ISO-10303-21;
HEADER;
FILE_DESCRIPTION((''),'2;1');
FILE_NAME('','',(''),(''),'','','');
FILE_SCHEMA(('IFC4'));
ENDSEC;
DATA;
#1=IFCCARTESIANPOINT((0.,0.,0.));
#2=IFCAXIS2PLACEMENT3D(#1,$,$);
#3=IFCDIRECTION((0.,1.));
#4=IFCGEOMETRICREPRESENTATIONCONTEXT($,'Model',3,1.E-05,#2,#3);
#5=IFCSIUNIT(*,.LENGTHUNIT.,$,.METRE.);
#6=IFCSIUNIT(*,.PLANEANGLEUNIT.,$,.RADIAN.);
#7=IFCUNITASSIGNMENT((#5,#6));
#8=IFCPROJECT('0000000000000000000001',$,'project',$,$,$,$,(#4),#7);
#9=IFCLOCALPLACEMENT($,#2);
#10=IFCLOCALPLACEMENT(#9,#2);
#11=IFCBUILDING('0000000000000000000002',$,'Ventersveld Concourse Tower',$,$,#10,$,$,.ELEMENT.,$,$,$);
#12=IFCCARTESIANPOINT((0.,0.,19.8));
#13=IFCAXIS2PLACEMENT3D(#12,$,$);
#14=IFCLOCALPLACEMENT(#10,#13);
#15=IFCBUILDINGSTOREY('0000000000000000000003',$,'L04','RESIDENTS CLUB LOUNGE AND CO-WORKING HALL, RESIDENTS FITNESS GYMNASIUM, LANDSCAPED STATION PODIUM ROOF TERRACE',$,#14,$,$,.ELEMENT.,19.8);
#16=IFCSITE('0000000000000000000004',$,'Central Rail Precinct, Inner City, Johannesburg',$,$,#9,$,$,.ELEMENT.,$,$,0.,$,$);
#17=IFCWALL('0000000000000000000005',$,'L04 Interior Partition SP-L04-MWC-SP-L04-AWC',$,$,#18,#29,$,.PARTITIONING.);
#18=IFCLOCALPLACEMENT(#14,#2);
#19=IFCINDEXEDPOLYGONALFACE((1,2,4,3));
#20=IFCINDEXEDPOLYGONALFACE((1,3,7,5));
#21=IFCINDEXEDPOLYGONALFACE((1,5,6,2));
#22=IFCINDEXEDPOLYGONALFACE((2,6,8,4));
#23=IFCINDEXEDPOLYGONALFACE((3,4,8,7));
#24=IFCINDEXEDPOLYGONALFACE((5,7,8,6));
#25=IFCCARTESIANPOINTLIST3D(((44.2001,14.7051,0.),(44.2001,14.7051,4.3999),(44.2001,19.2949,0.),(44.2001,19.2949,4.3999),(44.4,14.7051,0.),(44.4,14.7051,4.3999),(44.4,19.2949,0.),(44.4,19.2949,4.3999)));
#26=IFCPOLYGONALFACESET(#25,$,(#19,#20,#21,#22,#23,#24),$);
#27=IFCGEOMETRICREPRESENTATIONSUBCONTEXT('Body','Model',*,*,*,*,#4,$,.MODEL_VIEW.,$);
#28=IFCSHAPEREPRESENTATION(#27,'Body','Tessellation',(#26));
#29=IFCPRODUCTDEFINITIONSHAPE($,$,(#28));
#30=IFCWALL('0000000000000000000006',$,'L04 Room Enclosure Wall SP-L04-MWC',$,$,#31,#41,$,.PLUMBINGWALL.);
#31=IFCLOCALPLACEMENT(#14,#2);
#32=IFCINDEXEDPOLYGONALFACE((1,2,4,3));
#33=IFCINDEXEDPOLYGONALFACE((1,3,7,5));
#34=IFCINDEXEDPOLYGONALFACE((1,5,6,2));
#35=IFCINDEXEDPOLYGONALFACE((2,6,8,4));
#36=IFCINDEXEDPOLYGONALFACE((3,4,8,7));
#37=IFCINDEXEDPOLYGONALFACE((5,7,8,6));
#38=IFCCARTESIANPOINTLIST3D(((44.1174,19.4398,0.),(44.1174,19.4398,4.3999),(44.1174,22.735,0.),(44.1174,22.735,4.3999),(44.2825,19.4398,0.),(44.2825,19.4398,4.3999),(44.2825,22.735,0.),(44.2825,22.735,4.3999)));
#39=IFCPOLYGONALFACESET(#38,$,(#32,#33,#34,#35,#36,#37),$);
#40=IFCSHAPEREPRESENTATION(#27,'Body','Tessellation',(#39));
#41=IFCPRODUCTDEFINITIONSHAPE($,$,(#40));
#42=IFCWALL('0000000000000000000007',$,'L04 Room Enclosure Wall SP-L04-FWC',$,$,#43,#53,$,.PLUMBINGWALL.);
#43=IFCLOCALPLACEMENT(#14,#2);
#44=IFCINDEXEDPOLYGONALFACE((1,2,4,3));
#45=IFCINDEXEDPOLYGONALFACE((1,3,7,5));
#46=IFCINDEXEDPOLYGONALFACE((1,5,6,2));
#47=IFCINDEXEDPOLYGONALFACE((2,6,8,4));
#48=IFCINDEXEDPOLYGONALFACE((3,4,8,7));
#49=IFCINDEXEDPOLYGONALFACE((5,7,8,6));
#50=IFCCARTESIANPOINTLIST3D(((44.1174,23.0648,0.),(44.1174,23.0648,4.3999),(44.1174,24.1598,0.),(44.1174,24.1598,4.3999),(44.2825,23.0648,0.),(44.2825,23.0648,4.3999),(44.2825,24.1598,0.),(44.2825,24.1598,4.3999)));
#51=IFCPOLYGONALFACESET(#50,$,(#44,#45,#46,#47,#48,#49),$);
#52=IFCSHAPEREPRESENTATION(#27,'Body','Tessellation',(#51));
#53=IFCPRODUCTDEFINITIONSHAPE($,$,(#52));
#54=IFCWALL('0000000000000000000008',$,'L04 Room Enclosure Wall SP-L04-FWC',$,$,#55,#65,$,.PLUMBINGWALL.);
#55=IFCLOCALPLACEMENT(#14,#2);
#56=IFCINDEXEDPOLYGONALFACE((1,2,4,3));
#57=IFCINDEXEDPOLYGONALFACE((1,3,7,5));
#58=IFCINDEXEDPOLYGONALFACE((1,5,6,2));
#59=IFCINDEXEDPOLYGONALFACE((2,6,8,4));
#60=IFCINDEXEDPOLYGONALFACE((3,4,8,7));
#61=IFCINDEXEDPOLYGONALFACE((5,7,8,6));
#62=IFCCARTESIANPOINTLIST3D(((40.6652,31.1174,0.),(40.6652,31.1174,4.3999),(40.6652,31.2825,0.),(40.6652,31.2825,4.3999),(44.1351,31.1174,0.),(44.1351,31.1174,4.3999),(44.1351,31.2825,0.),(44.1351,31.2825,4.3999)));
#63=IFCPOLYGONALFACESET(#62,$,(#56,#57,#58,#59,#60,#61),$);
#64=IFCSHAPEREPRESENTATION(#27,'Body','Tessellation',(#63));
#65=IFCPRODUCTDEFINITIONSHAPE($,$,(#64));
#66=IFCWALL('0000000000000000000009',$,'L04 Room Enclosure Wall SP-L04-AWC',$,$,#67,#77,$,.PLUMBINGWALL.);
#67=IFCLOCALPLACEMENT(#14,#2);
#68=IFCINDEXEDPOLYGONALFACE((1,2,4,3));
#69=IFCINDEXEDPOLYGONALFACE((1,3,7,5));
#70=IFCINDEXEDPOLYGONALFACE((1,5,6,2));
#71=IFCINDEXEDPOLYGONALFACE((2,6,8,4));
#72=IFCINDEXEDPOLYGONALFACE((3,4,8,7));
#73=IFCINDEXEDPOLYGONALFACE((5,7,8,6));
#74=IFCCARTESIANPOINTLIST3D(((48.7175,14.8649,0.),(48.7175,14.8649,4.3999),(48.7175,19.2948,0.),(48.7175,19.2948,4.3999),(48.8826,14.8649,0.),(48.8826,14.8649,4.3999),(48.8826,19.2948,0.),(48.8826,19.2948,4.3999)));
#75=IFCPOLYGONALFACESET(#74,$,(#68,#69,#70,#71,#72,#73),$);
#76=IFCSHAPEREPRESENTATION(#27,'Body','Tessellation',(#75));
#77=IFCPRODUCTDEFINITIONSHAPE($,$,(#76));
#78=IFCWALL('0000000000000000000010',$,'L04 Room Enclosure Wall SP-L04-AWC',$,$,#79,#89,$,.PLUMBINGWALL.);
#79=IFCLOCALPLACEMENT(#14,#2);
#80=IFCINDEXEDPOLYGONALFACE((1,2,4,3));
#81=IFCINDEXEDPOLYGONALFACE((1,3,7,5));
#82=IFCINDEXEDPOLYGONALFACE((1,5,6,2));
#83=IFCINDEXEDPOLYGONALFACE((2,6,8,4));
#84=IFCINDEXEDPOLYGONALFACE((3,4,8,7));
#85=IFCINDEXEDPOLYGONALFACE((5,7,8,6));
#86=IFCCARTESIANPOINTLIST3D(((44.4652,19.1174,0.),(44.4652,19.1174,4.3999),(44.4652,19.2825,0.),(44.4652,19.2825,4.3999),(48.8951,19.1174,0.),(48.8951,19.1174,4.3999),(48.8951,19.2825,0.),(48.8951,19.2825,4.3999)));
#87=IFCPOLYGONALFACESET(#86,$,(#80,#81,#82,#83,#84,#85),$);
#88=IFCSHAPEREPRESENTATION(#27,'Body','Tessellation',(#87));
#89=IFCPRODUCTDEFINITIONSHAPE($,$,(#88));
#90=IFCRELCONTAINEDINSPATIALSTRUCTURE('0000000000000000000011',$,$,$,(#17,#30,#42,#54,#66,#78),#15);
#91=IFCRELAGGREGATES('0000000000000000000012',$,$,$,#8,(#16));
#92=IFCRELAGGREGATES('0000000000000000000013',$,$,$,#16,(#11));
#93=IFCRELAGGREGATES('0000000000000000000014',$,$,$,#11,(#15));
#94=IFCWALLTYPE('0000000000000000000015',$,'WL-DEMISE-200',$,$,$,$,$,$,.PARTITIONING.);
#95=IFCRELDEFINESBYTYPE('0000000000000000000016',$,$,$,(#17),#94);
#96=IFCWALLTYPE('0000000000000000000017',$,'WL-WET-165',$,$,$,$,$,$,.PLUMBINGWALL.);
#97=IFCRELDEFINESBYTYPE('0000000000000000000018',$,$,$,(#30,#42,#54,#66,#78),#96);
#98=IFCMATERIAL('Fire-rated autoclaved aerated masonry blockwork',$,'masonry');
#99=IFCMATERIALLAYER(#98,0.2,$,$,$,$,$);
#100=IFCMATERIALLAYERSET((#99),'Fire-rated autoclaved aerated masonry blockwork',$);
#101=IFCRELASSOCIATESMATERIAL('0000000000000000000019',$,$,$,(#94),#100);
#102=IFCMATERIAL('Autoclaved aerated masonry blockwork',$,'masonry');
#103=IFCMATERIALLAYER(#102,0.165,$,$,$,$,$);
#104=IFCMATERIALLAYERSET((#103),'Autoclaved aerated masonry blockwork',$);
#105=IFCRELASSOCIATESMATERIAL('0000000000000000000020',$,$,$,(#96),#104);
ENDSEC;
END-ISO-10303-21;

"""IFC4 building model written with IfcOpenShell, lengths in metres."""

from ifc_helpers import new_model, si_unit, direction, frame, frame_2d, origin, place, context, subcontext, project, spatial, rectangle, extrude, material, layer, layer_set, type_object, element, save


model = new_model("IFC4")

# Units and contexts
model_context = context("Model", 3, precision=1e-05, world=origin(), true_north=direction((0.0, 1.0)))
body_context = subcontext(model_context, "Body", "Model", "MODEL_VIEW")
ifc_project = project(units=[si_unit("LENGTHUNIT", "METRE"), si_unit("PLANEANGLEUNIT", "RADIAN")], contexts=[model_context])

# Site, building, storey
site_placement = place(None, origin())
site = spatial("IfcSite", under=ifc_project, at=site_placement, Name="Central Rail Precinct, Inner City, Johannesburg", CompositionType="ELEMENT", RefElevation=0.0)
building_placement = place(site_placement, origin())
building = spatial("IfcBuilding", under=site, at=building_placement, Name="Ventersveld Concourse Tower", CompositionType="ELEMENT")
storey_placement = place(building_placement, frame((0.0, 0.0, 19.8)))
storey = spatial("IfcBuildingStorey", under=building, at=storey_placement, Name="L04", Description="RESIDENTS CLUB LOUNGE AND CO-WORKING HALL, RESIDENTS FITNESS GYMNASIUM, LANDSCAPED STATION PODIUM ROOF TERRACE", CompositionType="ELEMENT", Elevation=19.8)

# Shared definitions
ifc_material_1 = material(Name="Fire-rated autoclaved aerated masonry blockwork", Category="masonry")

# Walls
ifc_layer_1 = layer(ifc_material_1, 0.2)
ifc_layer_set_1 = layer_set([ifc_layer_1], Name="Fire-rated autoclaved aerated masonry blockwork")
wall_type_1 = type_object("IfcWallType", Name="WL-DEMISE-200", PredefinedType="PARTITIONING", material=ifc_layer_set_1)
wall_1_placement = place(storey_placement, frame((44.3, 14.7051, 0.0), z_axis=(0.0, 0.0, 1.0), x_axis=(0.0, 1.0, 0.0)))
element("IfcWall", 1, at=wall_1_placement, inside=storey, type_object=wall_type_1, Name="L04 Interior Partition SP-L04-MWC-SP-L04-AWC", PredefinedType="PARTITIONING", context=body_context, shape_type="SweptSolid", body=[
    extrude(rectangle(XDim=4.5898, YDim=0.2, at=frame_2d((2.2949, 0.0))), origin(), (0.0, 0.0, 1.0), 4.3999),
])
ifc_material_2 = material(Name="Autoclaved aerated masonry blockwork", Category="masonry")
ifc_layer_2 = layer(ifc_material_2, 0.165)
ifc_layer_set_2 = layer_set([ifc_layer_2], Name="Autoclaved aerated masonry blockwork")
wall_type_2 = type_object("IfcWallType", Name="WL-WET-165", PredefinedType="PLUMBINGWALL", material=ifc_layer_set_2)
wall_2_placement = place(storey_placement, frame((44.2, 19.4399, 0.0), z_axis=(0.0, 0.0, 1.0), x_axis=(0.0, 1.0, 0.0)))
element("IfcWall", 2, at=wall_2_placement, inside=storey, type_object=wall_type_2, Name="L04 Room Enclosure Wall SP-L04-MWC", PredefinedType="PLUMBINGWALL", context=body_context, shape_type="SweptSolid", body=[
    extrude(rectangle(XDim=3.2952, YDim=0.165, at=frame_2d((1.6475, 0.0))), origin(), (0.0, 0.0, 1.0), 4.3999),
])
wall_3_placement = place(storey_placement, frame((44.2, 23.0649, 0.0), z_axis=(0.0, 0.0, 1.0), x_axis=(0.0, 1.0, 0.0)))
element("IfcWall", 3, at=wall_3_placement, inside=storey, type_object=wall_type_2, Name="L04 Room Enclosure Wall SP-L04-FWC", PredefinedType="PLUMBINGWALL", context=body_context, shape_type="SweptSolid", body=[
    extrude(rectangle(XDim=1.095, YDim=0.165, at=frame_2d((0.5474, 0.0))), origin(), (0.0, 0.0, 1.0), 4.3999),
])
wall_4_placement = place(storey_placement, frame((44.135, 31.2, 0.0), z_axis=(0.0, 0.0, 1.0), x_axis=(-1.0, 0.0, 0.0)))
element("IfcWall", 4, at=wall_4_placement, inside=storey, type_object=wall_type_2, Name="L04 Room Enclosure Wall SP-L04-FWC", PredefinedType="PLUMBINGWALL", context=body_context, shape_type="SweptSolid", body=[
    extrude(rectangle(XDim=3.47, YDim=0.165, at=frame_2d((1.7349, 0.0))), origin(), (0.0, 0.0, 1.0), 4.3999),
])
for number, where, z_axis, x_axis, name in (
    (5, (48.8, 14.865, 0.0), (0.0, 0.0, 1.0), (0.0, 1.0, 0.0), "L04 Room Enclosure Wall SP-L04-AWC"),
    (6, (48.895, 19.2, 0.0), (0.0, 0.0, 1.0), (-1.0, 0.0, 0.0), "L04 Room Enclosure Wall SP-L04-AWC"),
):
    element("IfcWall", number, at=place(storey_placement, frame(where, z_axis=z_axis, x_axis=x_axis)), inside=storey, type_object=wall_type_2, Name=name, PredefinedType="PLUMBINGWALL", context=body_context, shape_type="SweptSolid", body=[
        extrude(rectangle(XDim=4.4299, YDim=0.165, at=frame_2d((2.2148, 0.0))), origin(), (0.0, 0.0, 1.0), 4.3999),
    ])

save(model, "model.ifc")
